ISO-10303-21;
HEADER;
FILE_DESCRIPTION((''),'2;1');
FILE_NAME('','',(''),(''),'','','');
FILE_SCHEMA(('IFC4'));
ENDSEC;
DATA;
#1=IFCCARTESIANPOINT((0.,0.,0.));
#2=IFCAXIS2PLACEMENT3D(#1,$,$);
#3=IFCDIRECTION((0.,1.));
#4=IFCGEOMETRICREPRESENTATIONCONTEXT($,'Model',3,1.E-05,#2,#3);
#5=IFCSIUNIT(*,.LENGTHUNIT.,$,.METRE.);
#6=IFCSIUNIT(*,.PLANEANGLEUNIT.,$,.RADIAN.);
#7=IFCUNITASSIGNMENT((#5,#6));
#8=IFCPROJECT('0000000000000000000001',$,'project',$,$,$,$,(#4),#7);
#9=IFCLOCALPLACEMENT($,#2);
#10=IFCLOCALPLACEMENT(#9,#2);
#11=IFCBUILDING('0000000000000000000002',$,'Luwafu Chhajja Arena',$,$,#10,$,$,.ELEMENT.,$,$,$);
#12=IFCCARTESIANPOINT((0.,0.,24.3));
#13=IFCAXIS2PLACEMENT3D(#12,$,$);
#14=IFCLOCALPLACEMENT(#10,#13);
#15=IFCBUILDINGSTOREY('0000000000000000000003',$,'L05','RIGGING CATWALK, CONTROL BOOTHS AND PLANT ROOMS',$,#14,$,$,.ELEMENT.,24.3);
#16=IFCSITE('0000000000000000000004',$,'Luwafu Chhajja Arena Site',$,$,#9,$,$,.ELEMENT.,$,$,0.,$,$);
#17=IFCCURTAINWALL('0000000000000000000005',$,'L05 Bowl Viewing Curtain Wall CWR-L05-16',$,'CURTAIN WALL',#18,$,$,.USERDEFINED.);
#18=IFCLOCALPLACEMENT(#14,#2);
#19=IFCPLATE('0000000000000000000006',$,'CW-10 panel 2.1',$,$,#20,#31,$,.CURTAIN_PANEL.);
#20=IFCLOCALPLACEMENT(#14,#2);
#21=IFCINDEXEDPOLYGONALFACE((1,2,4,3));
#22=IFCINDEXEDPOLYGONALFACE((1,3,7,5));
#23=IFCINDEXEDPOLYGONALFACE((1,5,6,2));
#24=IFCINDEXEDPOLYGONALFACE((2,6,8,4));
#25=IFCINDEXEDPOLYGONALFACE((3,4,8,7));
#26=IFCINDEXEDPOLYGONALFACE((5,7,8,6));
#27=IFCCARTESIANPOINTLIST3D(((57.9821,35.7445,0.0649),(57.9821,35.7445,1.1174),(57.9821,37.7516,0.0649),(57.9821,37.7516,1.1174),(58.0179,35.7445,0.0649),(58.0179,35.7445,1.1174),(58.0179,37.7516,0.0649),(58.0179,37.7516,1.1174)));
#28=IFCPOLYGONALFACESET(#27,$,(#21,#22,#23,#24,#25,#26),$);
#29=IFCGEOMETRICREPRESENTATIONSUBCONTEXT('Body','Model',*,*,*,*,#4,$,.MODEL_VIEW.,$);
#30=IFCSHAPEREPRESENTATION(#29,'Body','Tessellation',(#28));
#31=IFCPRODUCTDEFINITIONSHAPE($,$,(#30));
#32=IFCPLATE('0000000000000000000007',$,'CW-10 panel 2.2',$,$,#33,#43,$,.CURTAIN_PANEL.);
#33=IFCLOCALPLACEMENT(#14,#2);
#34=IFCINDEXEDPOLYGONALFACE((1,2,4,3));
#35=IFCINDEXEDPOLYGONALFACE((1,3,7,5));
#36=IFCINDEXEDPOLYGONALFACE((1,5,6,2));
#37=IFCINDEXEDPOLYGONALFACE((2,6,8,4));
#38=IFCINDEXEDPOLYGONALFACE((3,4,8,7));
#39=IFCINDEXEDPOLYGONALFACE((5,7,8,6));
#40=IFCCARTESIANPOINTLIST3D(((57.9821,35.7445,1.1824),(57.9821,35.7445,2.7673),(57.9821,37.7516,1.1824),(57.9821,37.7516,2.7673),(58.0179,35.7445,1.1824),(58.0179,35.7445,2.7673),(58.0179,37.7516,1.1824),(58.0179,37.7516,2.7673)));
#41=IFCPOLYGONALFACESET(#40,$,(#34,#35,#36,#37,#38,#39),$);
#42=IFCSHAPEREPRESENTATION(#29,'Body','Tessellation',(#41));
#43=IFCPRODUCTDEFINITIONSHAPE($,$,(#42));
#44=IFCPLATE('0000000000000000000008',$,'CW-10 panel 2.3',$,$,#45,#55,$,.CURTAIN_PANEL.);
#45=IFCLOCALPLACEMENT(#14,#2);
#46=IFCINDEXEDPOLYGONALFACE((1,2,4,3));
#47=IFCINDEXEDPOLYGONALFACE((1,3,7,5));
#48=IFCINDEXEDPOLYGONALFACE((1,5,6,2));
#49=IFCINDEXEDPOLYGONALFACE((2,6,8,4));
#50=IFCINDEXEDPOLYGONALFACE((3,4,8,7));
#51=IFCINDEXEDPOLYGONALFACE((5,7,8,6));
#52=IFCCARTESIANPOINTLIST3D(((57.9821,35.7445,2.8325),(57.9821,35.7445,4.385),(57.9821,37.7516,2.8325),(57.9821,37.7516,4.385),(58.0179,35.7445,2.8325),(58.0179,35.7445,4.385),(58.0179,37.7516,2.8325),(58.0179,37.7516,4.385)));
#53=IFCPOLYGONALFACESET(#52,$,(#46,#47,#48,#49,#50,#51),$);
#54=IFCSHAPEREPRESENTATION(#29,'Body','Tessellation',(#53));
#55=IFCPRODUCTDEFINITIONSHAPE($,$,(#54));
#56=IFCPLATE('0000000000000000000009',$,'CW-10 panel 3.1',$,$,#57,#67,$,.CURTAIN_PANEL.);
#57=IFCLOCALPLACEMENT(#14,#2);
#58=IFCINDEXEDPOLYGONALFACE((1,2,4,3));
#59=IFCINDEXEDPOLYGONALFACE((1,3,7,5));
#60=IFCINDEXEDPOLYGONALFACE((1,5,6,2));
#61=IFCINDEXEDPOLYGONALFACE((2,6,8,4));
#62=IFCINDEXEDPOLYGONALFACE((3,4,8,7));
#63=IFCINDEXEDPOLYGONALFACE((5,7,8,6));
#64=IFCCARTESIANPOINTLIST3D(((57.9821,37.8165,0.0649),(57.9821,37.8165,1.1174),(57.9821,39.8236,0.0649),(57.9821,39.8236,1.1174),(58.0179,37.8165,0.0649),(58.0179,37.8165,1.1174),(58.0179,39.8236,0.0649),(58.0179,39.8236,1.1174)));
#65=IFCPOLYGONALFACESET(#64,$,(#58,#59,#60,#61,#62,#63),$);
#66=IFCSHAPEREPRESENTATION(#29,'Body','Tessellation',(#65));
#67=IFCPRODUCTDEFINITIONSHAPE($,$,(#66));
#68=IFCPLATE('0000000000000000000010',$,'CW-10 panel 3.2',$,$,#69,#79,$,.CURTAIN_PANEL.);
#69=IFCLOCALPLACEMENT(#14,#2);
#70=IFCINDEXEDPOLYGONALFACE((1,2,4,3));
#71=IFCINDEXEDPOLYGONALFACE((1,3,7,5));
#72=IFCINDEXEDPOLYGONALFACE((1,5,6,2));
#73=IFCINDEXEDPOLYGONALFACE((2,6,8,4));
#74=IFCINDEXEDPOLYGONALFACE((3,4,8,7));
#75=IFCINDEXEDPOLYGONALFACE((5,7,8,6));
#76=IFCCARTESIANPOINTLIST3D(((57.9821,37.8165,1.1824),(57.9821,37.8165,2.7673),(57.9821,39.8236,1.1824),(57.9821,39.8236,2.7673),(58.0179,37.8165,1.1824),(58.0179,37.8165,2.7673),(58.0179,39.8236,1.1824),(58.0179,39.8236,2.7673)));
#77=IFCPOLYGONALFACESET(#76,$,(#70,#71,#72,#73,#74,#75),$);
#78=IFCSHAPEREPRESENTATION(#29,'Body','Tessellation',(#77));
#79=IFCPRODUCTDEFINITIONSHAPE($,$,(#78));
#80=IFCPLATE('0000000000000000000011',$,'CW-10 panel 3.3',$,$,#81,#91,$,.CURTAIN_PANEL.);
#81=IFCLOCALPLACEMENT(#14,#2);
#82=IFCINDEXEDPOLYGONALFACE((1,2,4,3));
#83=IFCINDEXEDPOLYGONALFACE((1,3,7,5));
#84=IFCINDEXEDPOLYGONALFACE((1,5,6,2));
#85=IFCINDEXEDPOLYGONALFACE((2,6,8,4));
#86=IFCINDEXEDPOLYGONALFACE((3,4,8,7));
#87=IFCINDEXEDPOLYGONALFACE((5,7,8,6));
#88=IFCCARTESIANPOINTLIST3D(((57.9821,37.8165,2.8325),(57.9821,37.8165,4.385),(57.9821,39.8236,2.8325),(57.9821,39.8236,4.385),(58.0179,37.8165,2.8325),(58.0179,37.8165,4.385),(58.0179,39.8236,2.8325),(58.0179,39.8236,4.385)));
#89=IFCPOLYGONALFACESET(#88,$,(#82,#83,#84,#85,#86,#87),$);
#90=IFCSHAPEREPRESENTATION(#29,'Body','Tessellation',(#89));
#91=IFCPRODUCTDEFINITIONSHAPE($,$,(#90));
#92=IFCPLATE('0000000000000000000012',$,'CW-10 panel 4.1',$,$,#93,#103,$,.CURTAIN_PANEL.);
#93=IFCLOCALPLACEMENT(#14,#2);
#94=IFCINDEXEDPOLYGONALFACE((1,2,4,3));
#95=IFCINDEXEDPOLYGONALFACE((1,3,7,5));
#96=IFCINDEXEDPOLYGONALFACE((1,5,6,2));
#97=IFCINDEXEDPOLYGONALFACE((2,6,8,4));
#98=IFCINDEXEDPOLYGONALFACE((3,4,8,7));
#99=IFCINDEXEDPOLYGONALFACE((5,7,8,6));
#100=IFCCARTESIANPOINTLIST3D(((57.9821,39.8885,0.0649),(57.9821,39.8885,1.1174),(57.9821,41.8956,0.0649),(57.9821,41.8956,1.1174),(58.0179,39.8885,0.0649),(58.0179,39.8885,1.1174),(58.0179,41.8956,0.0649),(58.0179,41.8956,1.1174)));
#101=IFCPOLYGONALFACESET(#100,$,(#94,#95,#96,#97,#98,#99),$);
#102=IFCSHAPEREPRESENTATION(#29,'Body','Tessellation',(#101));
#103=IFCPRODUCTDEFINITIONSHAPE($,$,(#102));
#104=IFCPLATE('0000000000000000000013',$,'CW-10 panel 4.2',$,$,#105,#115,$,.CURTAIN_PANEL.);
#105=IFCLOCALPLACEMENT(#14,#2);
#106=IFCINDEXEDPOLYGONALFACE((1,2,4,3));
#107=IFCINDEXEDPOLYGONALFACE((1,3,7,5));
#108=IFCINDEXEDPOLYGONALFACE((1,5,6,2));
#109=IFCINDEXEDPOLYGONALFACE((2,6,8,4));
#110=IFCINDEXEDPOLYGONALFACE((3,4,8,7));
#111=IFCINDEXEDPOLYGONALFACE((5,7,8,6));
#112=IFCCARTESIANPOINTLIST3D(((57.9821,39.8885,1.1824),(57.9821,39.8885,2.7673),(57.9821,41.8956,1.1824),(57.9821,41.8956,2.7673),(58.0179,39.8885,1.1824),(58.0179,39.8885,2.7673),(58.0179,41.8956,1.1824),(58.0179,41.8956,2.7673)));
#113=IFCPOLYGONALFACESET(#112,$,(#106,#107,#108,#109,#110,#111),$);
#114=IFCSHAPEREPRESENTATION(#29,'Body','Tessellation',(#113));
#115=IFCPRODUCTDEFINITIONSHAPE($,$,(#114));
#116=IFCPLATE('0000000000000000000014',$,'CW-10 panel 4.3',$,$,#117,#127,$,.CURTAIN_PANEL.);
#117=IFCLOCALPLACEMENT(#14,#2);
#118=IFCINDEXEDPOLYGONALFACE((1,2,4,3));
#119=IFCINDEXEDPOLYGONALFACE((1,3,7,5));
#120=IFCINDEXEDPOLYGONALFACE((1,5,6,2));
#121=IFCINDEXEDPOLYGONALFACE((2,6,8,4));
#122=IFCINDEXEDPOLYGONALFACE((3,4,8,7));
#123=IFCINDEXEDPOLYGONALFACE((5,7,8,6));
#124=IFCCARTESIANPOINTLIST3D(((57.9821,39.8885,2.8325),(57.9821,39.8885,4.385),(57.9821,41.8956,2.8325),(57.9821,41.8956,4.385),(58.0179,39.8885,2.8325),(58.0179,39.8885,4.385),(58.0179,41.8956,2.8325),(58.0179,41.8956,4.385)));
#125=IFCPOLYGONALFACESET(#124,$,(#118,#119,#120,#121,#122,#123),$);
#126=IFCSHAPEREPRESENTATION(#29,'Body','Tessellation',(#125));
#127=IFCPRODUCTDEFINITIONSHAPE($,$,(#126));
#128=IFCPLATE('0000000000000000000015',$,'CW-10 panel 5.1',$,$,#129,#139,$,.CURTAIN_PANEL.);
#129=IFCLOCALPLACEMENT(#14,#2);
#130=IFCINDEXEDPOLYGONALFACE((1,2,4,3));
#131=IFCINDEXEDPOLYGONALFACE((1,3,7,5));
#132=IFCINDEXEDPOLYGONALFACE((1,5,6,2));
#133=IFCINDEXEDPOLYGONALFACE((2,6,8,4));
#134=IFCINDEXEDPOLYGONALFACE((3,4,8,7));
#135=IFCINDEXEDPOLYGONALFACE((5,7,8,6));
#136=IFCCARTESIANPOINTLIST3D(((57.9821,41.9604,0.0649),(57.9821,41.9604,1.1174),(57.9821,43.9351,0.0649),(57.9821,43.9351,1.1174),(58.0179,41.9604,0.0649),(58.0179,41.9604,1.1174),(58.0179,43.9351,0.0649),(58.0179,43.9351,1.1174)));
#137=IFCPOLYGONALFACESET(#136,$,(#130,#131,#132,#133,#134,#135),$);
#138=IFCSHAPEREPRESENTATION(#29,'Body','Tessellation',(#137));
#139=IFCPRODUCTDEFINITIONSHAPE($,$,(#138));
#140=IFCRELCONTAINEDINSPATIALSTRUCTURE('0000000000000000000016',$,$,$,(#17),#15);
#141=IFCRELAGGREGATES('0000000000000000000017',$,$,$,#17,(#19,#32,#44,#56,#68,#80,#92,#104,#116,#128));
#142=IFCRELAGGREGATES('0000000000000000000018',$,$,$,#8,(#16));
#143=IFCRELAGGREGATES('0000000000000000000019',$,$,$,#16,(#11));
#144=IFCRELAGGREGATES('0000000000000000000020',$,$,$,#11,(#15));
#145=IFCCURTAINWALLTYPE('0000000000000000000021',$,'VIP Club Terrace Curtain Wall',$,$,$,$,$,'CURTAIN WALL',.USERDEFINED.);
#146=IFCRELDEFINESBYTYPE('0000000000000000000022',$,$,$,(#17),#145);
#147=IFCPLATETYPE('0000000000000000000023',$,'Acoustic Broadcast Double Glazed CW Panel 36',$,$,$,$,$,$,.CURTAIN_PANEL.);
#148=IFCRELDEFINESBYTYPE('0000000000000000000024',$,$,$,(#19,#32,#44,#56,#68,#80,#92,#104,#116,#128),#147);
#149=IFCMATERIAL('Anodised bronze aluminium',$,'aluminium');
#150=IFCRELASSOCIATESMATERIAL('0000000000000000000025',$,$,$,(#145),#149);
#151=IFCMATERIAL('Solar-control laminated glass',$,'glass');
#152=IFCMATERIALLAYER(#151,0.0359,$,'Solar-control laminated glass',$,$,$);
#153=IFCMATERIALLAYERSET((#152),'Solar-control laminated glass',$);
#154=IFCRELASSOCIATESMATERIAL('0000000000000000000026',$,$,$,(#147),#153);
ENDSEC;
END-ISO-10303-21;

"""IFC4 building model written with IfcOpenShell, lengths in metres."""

from ifc_helpers import new_model, si_unit, direction, frame, origin, origin_2d, place, context, subcontext, project, spatial, rectangle, extrude, material, layer, layer_set, type_object, element, aggregate, save


model = new_model("IFC4")

# Units and contexts
model_context = context("Model", 3, precision=1e-05, world=origin(), true_north=direction((0.0, 1.0)))
body_context = subcontext(model_context, "Body", "Model", "MODEL_VIEW")
ifc_project = project(units=[si_unit("LENGTHUNIT", "METRE"), si_unit("PLANEANGLEUNIT", "RADIAN")], contexts=[model_context])

# Site, building, storey
site_placement = place(None, origin())
site = spatial("IfcSite", under=ifc_project, at=site_placement, Name="Luwafu Chhajja Arena Site", CompositionType="ELEMENT", RefElevation=0.0)
building_placement = place(site_placement, origin())
building = spatial("IfcBuilding", under=site, at=building_placement, Name="Luwafu Chhajja Arena", CompositionType="ELEMENT")
storey_placement = place(building_placement, frame((0.0, 0.0, 24.3)))
storey = spatial("IfcBuildingStorey", under=building, at=storey_placement, Name="L05", Description="RIGGING CATWALK, CONTROL BOOTHS AND PLANT ROOMS", CompositionType="ELEMENT", Elevation=24.3)

# Curtain wall, plates
ifc_material_1 = material(Name="Anodised bronze aluminium", Category="aluminium")
curtain_wall_type = type_object("IfcCurtainWallType", Name="VIP Club Terrace Curtain Wall", ElementType="CURTAIN WALL", PredefinedType="USERDEFINED", material=ifc_material_1)
curtain_wall_placement = place(storey_placement, origin())
curtain_wall = element("IfcCurtainWall", 1, at=curtain_wall_placement, inside=storey, type_object=curtain_wall_type, Name="L05 Bowl Viewing Curtain Wall CWR-L05-16", ObjectType="CURTAIN WALL", PredefinedType="USERDEFINED")
ifc_material_2 = material(Name="Solar-control laminated glass", Category="glass")
ifc_layer = layer(ifc_material_2, 0.0359, Name="Solar-control laminated glass")
ifc_layer_set = layer_set([ifc_layer], Name="Solar-control laminated glass")
plate_type = type_object("IfcPlateType", Name="Acoustic Broadcast Double Glazed CW Panel 36", PredefinedType="CURTAIN_PANEL", material=ifc_layer_set)
plate_1_placement = place(storey_placement, frame((58.0, 36.748, 0.0649), z_axis=(0.0, 0.0, 1.0), x_axis=(0.0, 1.0, 0.0)))
plate_1 = element("IfcPlate", 2, at=plate_1_placement, type_object=plate_type, Name="CW-10 panel 2.1", PredefinedType="CURTAIN_PANEL", context=body_context, shape_type="SweptSolid", body=[
    extrude(rectangle(XDim=2.0071, YDim=0.0359, at=origin_2d()), origin(), (0.0, 0.0, 1.0), 1.0525),
])
plate_2_placement = place(storey_placement, frame((58.0, 36.748, 1.1824), z_axis=(0.0, 0.0, 1.0), x_axis=(0.0, 1.0, 0.0)))
plate_2 = element("IfcPlate", 3, at=plate_2_placement, type_object=plate_type, Name="CW-10 panel 2.2", PredefinedType="CURTAIN_PANEL", context=body_context, shape_type="SweptSolid", body=[
    extrude(rectangle(XDim=2.0071, YDim=0.0359, at=origin_2d()), origin(), (0.0, 0.0, 1.0), 1.585),
])
plate_3_placement = place(storey_placement, frame((58.0, 36.748, 2.8325), z_axis=(0.0, 0.0, 1.0), x_axis=(0.0, 1.0, 0.0)))
plate_3 = element("IfcPlate", 4, at=plate_3_placement, type_object=plate_type, Name="CW-10 panel 2.3", PredefinedType="CURTAIN_PANEL", context=body_context, shape_type="SweptSolid", body=[
    extrude(rectangle(XDim=2.0071, YDim=0.0359, at=origin_2d()), origin(), (0.0, 0.0, 1.0), 1.5525),
])
plate_4_placement = place(storey_placement, frame((58.0, 38.8201, 0.0649), z_axis=(0.0, 0.0, 1.0), x_axis=(0.0, 1.0, 0.0)))
plate_4 = element("IfcPlate", 5, at=plate_4_placement, type_object=plate_type, Name="CW-10 panel 3.1", PredefinedType="CURTAIN_PANEL", context=body_context, shape_type="SweptSolid", body=[
    extrude(rectangle(XDim=2.0071, YDim=0.0359, at=origin_2d()), origin(), (0.0, 0.0, 1.0), 1.0525),
])
plate_5_placement = place(storey_placement, frame((58.0, 38.8201, 1.1824), z_axis=(0.0, 0.0, 1.0), x_axis=(0.0, 1.0, 0.0)))
plate_5 = element("IfcPlate", 6, at=plate_5_placement, type_object=plate_type, Name="CW-10 panel 3.2", PredefinedType="CURTAIN_PANEL", context=body_context, shape_type="SweptSolid", body=[
    extrude(rectangle(XDim=2.0071, YDim=0.0359, at=origin_2d()), origin(), (0.0, 0.0, 1.0), 1.585),
])
plate_6_placement = place(storey_placement, frame((58.0, 38.8201, 2.8325), z_axis=(0.0, 0.0, 1.0), x_axis=(0.0, 1.0, 0.0)))
plate_6 = element("IfcPlate", 7, at=plate_6_placement, type_object=plate_type, Name="CW-10 panel 3.3", PredefinedType="CURTAIN_PANEL", context=body_context, shape_type="SweptSolid", body=[
    extrude(rectangle(XDim=2.0071, YDim=0.0359, at=origin_2d()), origin(), (0.0, 0.0, 1.0), 1.5525),
])
plate_7_placement = place(storey_placement, frame((58.0, 40.8921, 0.0649), z_axis=(0.0, 0.0, 1.0), x_axis=(0.0, 1.0, 0.0)))
plate_7 = element("IfcPlate", 8, at=plate_7_placement, type_object=plate_type, Name="CW-10 panel 4.1", PredefinedType="CURTAIN_PANEL", context=body_context, shape_type="SweptSolid", body=[
    extrude(rectangle(XDim=2.0071, YDim=0.0359, at=origin_2d()), origin(), (0.0, 0.0, 1.0), 1.0525),
])
plate_8_placement = place(storey_placement, frame((58.0, 40.8921, 1.1824), z_axis=(0.0, 0.0, 1.0), x_axis=(0.0, 1.0, 0.0)))
plate_8 = element("IfcPlate", 9, at=plate_8_placement, type_object=plate_type, Name="CW-10 panel 4.2", PredefinedType="CURTAIN_PANEL", context=body_context, shape_type="SweptSolid", body=[
    extrude(rectangle(XDim=2.0071, YDim=0.0359, at=origin_2d()), origin(), (0.0, 0.0, 1.0), 1.585),
])
plate_9_placement = place(storey_placement, frame((58.0, 40.8921, 2.8325), z_axis=(0.0, 0.0, 1.0), x_axis=(0.0, 1.0, 0.0)))
plate_9 = element("IfcPlate", 10, at=plate_9_placement, type_object=plate_type, Name="CW-10 panel 4.3", PredefinedType="CURTAIN_PANEL", context=body_context, shape_type="SweptSolid", body=[
    extrude(rectangle(XDim=2.0071, YDim=0.0359, at=origin_2d()), origin(), (0.0, 0.0, 1.0), 1.5525),
])
plate_10_placement = place(storey_placement, frame((58.0, 42.9478, 0.0649), z_axis=(0.0, 0.0, 1.0), x_axis=(0.0, 1.0, 0.0)))
plate_10 = element("IfcPlate", 11, at=plate_10_placement, type_object=plate_type, Name="CW-10 panel 5.1", PredefinedType="CURTAIN_PANEL", context=body_context, shape_type="SweptSolid", body=[
    extrude(rectangle(XDim=1.9746, YDim=0.0359, at=origin_2d()), origin(), (0.0, 0.0, 1.0), 1.0525),
])
aggregate(curtain_wall, [plate_1, plate_2, plate_3, plate_4, plate_5, plate_6, plate_7, plate_8, plate_9, plate_10])

save(model, "model.ifc")
